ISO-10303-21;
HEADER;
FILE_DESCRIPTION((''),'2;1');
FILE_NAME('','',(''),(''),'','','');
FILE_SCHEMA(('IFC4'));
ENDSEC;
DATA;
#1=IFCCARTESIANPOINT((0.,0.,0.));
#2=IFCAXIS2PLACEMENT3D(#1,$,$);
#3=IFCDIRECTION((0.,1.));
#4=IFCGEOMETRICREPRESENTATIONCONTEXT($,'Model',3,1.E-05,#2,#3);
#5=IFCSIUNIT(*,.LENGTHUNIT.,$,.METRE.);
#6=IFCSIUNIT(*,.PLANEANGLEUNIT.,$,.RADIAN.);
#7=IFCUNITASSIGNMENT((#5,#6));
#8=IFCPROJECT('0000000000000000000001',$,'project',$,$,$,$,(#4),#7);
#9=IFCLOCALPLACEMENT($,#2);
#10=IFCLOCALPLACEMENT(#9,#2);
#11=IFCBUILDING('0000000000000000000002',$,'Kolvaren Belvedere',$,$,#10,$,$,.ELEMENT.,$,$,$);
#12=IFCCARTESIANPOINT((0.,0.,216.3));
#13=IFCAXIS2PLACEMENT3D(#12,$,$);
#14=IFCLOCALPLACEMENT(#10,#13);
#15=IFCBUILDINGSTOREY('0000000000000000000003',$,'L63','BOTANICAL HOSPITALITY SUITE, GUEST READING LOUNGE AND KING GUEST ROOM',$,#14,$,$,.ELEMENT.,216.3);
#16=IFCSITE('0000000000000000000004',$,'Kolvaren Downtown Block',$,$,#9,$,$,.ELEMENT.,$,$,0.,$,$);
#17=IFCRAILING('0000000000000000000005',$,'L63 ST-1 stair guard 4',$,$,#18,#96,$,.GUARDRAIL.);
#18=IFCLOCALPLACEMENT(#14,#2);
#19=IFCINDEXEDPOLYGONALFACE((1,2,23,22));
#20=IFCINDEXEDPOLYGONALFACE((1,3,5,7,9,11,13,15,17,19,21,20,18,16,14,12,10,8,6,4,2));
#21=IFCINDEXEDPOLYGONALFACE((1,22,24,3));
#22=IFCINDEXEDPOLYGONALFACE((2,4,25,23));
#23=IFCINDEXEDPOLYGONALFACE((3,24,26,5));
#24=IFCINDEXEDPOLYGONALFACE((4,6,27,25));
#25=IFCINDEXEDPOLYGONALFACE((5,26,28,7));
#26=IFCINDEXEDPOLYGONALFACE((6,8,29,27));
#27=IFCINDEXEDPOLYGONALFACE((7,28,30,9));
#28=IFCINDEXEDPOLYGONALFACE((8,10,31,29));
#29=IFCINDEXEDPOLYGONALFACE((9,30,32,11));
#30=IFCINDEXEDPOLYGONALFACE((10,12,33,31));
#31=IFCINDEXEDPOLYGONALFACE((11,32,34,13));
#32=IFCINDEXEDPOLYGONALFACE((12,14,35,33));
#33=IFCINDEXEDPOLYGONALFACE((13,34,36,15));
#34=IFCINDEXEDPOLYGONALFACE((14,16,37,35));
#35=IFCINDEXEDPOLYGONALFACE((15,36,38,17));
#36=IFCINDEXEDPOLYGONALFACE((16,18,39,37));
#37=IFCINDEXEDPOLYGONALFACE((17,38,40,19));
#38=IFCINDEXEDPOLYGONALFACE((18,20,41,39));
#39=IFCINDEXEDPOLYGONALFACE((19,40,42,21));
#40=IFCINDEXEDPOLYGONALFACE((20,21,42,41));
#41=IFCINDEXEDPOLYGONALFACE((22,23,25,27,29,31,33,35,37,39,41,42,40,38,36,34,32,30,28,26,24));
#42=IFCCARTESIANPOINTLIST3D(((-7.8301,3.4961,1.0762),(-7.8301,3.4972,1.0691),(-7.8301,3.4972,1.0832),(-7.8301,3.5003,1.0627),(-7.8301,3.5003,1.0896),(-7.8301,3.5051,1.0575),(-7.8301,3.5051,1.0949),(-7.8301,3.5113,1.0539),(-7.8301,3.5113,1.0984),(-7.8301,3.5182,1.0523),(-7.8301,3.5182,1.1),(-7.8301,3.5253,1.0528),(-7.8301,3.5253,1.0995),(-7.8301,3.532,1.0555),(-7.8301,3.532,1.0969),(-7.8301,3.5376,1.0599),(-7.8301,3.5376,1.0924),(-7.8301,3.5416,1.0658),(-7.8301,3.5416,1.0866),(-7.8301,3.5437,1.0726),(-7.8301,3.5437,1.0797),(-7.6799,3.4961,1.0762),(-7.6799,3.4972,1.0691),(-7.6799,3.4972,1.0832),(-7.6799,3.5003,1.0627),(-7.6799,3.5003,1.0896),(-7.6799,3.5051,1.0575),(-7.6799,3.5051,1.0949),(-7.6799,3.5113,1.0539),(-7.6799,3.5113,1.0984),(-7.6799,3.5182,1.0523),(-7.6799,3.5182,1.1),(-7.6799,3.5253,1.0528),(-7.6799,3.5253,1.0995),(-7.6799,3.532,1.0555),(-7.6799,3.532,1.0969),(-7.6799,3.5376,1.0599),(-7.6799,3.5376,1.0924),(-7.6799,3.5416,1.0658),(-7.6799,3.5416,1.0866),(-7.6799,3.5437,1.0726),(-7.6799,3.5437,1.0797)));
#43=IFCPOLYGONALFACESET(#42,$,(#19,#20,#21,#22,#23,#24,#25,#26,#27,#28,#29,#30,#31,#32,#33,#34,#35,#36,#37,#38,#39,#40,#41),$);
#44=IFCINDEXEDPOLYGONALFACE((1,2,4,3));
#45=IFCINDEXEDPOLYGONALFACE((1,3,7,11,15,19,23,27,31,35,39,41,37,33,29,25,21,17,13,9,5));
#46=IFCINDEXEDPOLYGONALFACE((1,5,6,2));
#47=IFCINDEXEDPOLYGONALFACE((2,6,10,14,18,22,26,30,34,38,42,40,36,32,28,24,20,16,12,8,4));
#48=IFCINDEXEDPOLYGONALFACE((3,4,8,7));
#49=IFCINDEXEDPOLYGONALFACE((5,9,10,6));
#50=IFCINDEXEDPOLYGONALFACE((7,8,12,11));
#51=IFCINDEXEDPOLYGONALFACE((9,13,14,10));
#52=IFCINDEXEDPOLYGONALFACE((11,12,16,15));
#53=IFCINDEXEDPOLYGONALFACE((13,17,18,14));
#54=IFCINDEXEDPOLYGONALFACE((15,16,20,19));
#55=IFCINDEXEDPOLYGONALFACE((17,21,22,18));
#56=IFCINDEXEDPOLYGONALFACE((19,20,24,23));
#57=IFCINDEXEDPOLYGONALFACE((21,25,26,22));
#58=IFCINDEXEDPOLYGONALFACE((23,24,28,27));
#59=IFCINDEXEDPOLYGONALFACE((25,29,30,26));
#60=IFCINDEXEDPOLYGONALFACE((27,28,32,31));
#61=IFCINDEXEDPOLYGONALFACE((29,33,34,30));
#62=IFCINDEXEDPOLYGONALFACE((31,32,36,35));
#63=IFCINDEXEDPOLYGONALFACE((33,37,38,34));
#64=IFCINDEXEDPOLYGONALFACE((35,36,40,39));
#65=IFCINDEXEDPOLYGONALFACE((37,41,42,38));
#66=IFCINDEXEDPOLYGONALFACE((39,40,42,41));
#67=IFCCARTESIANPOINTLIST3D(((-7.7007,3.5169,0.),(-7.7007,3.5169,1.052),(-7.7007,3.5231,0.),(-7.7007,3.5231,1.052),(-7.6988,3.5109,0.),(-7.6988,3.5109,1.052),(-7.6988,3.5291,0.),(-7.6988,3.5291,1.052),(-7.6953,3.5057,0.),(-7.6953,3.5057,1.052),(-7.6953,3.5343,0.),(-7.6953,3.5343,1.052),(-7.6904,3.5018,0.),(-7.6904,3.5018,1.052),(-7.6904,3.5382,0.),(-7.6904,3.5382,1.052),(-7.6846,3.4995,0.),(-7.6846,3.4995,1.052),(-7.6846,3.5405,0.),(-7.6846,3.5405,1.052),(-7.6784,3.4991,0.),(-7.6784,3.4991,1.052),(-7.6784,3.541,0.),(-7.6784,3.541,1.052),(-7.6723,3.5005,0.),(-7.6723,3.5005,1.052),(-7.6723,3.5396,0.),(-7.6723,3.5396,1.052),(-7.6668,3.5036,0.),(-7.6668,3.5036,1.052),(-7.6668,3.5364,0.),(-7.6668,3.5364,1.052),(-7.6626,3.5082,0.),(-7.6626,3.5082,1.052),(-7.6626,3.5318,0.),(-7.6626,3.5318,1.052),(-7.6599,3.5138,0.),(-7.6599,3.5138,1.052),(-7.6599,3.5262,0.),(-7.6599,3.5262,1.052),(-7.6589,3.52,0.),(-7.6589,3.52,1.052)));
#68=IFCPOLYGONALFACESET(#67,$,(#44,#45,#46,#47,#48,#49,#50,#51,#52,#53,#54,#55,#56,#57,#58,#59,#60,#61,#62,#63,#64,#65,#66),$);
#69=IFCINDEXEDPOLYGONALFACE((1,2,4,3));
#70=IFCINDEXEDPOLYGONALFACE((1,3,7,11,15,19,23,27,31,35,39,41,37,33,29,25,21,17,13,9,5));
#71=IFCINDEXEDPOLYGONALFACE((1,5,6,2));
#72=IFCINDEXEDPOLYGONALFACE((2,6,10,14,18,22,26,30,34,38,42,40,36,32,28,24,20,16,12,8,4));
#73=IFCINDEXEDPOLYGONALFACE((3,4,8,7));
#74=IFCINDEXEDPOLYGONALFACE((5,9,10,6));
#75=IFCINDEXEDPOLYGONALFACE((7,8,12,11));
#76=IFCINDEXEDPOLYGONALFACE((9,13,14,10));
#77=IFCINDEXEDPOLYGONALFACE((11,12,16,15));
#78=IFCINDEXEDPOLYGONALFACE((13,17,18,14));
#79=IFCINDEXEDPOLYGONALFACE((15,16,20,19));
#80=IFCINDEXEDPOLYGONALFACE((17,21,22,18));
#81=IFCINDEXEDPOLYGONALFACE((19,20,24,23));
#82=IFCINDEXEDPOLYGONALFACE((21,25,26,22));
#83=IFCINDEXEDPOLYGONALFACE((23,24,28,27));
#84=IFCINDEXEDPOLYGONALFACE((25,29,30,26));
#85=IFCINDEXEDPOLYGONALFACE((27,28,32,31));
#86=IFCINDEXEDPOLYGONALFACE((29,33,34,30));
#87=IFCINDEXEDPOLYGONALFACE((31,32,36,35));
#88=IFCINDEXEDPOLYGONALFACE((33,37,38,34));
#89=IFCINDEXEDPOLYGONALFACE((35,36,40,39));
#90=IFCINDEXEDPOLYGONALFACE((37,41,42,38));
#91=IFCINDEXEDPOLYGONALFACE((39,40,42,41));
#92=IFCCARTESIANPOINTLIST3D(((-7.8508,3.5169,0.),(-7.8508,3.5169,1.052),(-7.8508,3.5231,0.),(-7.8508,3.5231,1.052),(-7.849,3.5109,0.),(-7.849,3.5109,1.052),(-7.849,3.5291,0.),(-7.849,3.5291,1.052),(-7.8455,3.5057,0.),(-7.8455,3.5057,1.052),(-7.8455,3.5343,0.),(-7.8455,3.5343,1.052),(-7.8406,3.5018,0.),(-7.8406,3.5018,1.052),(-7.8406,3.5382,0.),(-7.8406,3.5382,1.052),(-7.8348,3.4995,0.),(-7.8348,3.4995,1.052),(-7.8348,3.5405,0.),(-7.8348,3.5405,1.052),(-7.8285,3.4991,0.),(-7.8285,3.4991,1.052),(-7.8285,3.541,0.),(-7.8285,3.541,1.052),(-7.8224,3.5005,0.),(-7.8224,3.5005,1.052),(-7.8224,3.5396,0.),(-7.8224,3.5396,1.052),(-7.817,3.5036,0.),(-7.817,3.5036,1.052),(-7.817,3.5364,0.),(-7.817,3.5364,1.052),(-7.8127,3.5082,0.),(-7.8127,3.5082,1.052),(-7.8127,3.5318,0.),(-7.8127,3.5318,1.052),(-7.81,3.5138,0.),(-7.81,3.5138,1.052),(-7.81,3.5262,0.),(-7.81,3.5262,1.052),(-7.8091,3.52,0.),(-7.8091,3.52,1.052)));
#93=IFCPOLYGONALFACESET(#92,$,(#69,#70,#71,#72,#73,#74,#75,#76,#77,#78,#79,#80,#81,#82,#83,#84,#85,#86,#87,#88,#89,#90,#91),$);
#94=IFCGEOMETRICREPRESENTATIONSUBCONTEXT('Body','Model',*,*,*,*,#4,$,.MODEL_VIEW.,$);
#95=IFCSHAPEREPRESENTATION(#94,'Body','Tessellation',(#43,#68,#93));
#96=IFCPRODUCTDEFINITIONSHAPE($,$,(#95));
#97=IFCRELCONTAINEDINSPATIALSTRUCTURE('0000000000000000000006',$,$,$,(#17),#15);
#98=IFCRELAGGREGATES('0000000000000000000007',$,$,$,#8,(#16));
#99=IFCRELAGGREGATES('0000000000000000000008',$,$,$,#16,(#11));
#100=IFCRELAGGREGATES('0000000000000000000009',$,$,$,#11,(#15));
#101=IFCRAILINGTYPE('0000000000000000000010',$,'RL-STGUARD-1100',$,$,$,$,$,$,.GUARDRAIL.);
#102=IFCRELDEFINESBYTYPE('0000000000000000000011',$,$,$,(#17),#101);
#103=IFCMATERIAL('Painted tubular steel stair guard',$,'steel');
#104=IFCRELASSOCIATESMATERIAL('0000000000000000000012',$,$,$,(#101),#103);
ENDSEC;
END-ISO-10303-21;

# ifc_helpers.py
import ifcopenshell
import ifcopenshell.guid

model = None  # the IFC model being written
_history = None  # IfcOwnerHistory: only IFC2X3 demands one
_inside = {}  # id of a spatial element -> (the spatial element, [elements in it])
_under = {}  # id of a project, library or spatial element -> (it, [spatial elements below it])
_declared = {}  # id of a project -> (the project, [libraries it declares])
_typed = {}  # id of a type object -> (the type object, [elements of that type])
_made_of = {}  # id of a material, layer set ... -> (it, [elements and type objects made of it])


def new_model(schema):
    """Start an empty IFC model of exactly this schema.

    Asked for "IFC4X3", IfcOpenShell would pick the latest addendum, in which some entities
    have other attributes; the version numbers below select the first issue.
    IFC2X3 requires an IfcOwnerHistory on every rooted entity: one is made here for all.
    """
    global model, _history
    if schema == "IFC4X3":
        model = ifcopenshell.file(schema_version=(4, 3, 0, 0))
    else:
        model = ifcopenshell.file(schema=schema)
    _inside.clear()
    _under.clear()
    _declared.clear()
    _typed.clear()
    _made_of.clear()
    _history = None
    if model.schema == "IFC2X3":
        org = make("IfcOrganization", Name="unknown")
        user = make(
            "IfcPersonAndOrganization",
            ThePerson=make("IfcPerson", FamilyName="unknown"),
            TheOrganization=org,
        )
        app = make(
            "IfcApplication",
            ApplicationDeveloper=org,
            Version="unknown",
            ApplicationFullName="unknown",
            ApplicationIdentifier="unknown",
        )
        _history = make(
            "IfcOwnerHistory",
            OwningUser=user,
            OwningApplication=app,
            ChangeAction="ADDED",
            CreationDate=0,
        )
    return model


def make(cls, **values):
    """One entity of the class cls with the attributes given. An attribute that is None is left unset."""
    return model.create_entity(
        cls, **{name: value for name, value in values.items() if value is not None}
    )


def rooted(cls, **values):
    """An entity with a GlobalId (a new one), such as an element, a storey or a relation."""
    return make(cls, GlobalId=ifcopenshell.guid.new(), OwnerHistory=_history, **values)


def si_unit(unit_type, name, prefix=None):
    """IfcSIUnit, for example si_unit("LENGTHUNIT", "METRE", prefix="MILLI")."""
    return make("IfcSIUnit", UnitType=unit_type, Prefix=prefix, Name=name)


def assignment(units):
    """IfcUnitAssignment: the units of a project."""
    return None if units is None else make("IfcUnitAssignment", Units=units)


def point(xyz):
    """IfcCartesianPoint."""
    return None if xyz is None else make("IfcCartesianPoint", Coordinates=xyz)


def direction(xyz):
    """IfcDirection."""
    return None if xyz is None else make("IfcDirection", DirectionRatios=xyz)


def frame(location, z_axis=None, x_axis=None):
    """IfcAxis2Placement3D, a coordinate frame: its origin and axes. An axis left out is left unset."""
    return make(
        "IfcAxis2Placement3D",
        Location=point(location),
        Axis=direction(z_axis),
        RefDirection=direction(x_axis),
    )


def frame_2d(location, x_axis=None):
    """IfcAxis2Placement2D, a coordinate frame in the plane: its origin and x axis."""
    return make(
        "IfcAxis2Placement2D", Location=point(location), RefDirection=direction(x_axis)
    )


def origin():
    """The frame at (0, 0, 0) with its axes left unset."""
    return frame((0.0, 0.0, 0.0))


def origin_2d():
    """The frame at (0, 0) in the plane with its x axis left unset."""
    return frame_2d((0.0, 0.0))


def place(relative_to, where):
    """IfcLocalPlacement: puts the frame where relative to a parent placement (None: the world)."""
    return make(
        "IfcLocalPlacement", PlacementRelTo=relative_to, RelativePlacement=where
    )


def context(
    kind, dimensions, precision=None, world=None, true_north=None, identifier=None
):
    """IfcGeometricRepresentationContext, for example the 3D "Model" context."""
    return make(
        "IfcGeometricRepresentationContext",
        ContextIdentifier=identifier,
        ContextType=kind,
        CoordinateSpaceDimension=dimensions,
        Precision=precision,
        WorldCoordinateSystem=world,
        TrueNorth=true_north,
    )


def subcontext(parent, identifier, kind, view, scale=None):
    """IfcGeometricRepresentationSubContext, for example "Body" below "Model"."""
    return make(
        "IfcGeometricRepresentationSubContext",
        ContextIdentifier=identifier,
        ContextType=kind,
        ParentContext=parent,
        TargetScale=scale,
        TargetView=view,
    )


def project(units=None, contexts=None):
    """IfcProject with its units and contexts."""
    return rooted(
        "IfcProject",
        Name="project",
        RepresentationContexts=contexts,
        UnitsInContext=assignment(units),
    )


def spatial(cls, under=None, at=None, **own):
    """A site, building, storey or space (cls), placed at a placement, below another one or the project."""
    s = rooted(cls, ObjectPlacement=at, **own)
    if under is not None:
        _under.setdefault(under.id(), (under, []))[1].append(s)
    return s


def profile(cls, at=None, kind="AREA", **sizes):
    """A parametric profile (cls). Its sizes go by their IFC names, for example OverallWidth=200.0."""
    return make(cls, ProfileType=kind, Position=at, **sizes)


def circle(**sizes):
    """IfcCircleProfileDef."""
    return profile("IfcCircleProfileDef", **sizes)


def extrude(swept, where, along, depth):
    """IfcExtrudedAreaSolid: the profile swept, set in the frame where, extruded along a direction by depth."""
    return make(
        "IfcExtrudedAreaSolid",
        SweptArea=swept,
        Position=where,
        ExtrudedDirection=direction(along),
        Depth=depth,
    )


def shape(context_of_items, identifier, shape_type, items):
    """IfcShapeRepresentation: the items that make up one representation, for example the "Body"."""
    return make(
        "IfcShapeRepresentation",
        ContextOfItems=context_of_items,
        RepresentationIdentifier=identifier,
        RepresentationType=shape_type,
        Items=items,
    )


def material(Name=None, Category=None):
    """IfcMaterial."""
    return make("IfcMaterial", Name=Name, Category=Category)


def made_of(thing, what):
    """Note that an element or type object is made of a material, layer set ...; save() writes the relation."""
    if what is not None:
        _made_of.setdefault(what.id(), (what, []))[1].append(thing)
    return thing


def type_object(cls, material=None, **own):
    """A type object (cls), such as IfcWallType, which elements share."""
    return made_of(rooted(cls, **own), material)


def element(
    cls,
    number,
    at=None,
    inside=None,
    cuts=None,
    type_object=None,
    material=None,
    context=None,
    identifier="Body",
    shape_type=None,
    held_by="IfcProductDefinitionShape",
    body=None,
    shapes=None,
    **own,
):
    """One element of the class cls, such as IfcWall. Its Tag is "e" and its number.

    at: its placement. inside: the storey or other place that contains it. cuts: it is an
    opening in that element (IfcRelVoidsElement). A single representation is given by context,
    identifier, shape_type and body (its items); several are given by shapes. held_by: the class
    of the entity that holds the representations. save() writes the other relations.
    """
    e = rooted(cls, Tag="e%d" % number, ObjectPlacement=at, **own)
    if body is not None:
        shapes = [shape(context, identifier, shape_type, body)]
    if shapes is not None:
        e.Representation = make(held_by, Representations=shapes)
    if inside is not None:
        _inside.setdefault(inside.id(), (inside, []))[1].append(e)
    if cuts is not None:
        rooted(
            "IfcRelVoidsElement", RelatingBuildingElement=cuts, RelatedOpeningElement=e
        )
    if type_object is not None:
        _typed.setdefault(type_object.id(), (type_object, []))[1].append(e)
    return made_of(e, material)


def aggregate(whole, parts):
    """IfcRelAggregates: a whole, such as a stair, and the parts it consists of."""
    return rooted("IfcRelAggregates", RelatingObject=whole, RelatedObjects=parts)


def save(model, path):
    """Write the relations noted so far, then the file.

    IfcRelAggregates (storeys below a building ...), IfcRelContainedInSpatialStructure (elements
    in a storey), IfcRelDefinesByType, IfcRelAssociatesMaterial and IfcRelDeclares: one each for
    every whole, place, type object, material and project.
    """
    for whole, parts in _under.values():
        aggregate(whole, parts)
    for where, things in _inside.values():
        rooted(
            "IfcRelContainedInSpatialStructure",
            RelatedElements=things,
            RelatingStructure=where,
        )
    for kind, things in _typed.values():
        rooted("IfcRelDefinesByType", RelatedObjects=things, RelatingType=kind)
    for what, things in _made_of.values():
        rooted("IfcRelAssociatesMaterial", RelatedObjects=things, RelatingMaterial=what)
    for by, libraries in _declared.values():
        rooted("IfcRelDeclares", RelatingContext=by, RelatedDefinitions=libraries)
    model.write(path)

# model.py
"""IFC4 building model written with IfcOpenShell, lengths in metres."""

from ifc_helpers import new_model, si_unit, direction, frame, origin, origin_2d, place, context, subcontext, project, spatial, circle, extrude, material, type_object, element, save


model = new_model("IFC4")

# Units and contexts
model_context = context("Model", 3, precision=1e-05, world=origin(), true_north=direction((0.0, 1.0)))
body_context = subcontext(model_context, "Body", "Model", "MODEL_VIEW")
ifc_project = project(units=[si_unit("LENGTHUNIT", "METRE"), si_unit("PLANEANGLEUNIT", "RADIAN")], contexts=[model_context])

# Site, building, storey
site_placement = place(None, origin())
site = spatial("IfcSite", under=ifc_project, at=site_placement, Name="Kolvaren Downtown Block", CompositionType="ELEMENT", RefElevation=0.0)
building_placement = place(site_placement, origin())
building = spatial("IfcBuilding", under=site, at=building_placement, Name="Kolvaren Belvedere", CompositionType="ELEMENT")
storey_placement = place(building_placement, frame((0.0, 0.0, 216.3)))
storey = spatial("IfcBuildingStorey", under=building, at=storey_placement, Name="L63", Description="BOTANICAL HOSPITALITY SUITE, GUEST READING LOUNGE AND KING GUEST ROOM", CompositionType="ELEMENT", Elevation=216.3)

# Railing
ifc_material_1 = material(Name="Painted tubular steel stair guard", Category="steel")
railing_type_1 = type_object("IfcRailingType", Name="RL-STGUARD-1100", PredefinedType="GUARDRAIL", material=ifc_material_1)
railing_1_placement = place(storey_placement, frame((-7.6799, 3.52, 0.0)))
element("IfcRailing", 1, at=railing_1_placement, inside=storey, type_object=railing_type_1, Name="L63 ST-1 stair guard 4", PredefinedType="GUARDRAIL", context=body_context, shape_type="SweptSolid", body=[
    extrude(circle(Radius=0.0239, at=origin_2d()), frame((0.0, 0.0, 1.0762), z_axis=(-1.0, 0.0, 0.0), x_axis=(0.0, -1.0, 0.0)), (0.0, 0.0, 1.0), 0.1501),
    extrude(circle(Radius=0.021, at=origin_2d()), origin(), (0.0, 0.0, 1.0), 1.052),
    extrude(circle(Radius=0.021, at=origin_2d()), frame((-0.1501, 0.0, 0.0)), (0.0, 0.0, 1.0), 1.052),
])

save(model, "model.ifc")
